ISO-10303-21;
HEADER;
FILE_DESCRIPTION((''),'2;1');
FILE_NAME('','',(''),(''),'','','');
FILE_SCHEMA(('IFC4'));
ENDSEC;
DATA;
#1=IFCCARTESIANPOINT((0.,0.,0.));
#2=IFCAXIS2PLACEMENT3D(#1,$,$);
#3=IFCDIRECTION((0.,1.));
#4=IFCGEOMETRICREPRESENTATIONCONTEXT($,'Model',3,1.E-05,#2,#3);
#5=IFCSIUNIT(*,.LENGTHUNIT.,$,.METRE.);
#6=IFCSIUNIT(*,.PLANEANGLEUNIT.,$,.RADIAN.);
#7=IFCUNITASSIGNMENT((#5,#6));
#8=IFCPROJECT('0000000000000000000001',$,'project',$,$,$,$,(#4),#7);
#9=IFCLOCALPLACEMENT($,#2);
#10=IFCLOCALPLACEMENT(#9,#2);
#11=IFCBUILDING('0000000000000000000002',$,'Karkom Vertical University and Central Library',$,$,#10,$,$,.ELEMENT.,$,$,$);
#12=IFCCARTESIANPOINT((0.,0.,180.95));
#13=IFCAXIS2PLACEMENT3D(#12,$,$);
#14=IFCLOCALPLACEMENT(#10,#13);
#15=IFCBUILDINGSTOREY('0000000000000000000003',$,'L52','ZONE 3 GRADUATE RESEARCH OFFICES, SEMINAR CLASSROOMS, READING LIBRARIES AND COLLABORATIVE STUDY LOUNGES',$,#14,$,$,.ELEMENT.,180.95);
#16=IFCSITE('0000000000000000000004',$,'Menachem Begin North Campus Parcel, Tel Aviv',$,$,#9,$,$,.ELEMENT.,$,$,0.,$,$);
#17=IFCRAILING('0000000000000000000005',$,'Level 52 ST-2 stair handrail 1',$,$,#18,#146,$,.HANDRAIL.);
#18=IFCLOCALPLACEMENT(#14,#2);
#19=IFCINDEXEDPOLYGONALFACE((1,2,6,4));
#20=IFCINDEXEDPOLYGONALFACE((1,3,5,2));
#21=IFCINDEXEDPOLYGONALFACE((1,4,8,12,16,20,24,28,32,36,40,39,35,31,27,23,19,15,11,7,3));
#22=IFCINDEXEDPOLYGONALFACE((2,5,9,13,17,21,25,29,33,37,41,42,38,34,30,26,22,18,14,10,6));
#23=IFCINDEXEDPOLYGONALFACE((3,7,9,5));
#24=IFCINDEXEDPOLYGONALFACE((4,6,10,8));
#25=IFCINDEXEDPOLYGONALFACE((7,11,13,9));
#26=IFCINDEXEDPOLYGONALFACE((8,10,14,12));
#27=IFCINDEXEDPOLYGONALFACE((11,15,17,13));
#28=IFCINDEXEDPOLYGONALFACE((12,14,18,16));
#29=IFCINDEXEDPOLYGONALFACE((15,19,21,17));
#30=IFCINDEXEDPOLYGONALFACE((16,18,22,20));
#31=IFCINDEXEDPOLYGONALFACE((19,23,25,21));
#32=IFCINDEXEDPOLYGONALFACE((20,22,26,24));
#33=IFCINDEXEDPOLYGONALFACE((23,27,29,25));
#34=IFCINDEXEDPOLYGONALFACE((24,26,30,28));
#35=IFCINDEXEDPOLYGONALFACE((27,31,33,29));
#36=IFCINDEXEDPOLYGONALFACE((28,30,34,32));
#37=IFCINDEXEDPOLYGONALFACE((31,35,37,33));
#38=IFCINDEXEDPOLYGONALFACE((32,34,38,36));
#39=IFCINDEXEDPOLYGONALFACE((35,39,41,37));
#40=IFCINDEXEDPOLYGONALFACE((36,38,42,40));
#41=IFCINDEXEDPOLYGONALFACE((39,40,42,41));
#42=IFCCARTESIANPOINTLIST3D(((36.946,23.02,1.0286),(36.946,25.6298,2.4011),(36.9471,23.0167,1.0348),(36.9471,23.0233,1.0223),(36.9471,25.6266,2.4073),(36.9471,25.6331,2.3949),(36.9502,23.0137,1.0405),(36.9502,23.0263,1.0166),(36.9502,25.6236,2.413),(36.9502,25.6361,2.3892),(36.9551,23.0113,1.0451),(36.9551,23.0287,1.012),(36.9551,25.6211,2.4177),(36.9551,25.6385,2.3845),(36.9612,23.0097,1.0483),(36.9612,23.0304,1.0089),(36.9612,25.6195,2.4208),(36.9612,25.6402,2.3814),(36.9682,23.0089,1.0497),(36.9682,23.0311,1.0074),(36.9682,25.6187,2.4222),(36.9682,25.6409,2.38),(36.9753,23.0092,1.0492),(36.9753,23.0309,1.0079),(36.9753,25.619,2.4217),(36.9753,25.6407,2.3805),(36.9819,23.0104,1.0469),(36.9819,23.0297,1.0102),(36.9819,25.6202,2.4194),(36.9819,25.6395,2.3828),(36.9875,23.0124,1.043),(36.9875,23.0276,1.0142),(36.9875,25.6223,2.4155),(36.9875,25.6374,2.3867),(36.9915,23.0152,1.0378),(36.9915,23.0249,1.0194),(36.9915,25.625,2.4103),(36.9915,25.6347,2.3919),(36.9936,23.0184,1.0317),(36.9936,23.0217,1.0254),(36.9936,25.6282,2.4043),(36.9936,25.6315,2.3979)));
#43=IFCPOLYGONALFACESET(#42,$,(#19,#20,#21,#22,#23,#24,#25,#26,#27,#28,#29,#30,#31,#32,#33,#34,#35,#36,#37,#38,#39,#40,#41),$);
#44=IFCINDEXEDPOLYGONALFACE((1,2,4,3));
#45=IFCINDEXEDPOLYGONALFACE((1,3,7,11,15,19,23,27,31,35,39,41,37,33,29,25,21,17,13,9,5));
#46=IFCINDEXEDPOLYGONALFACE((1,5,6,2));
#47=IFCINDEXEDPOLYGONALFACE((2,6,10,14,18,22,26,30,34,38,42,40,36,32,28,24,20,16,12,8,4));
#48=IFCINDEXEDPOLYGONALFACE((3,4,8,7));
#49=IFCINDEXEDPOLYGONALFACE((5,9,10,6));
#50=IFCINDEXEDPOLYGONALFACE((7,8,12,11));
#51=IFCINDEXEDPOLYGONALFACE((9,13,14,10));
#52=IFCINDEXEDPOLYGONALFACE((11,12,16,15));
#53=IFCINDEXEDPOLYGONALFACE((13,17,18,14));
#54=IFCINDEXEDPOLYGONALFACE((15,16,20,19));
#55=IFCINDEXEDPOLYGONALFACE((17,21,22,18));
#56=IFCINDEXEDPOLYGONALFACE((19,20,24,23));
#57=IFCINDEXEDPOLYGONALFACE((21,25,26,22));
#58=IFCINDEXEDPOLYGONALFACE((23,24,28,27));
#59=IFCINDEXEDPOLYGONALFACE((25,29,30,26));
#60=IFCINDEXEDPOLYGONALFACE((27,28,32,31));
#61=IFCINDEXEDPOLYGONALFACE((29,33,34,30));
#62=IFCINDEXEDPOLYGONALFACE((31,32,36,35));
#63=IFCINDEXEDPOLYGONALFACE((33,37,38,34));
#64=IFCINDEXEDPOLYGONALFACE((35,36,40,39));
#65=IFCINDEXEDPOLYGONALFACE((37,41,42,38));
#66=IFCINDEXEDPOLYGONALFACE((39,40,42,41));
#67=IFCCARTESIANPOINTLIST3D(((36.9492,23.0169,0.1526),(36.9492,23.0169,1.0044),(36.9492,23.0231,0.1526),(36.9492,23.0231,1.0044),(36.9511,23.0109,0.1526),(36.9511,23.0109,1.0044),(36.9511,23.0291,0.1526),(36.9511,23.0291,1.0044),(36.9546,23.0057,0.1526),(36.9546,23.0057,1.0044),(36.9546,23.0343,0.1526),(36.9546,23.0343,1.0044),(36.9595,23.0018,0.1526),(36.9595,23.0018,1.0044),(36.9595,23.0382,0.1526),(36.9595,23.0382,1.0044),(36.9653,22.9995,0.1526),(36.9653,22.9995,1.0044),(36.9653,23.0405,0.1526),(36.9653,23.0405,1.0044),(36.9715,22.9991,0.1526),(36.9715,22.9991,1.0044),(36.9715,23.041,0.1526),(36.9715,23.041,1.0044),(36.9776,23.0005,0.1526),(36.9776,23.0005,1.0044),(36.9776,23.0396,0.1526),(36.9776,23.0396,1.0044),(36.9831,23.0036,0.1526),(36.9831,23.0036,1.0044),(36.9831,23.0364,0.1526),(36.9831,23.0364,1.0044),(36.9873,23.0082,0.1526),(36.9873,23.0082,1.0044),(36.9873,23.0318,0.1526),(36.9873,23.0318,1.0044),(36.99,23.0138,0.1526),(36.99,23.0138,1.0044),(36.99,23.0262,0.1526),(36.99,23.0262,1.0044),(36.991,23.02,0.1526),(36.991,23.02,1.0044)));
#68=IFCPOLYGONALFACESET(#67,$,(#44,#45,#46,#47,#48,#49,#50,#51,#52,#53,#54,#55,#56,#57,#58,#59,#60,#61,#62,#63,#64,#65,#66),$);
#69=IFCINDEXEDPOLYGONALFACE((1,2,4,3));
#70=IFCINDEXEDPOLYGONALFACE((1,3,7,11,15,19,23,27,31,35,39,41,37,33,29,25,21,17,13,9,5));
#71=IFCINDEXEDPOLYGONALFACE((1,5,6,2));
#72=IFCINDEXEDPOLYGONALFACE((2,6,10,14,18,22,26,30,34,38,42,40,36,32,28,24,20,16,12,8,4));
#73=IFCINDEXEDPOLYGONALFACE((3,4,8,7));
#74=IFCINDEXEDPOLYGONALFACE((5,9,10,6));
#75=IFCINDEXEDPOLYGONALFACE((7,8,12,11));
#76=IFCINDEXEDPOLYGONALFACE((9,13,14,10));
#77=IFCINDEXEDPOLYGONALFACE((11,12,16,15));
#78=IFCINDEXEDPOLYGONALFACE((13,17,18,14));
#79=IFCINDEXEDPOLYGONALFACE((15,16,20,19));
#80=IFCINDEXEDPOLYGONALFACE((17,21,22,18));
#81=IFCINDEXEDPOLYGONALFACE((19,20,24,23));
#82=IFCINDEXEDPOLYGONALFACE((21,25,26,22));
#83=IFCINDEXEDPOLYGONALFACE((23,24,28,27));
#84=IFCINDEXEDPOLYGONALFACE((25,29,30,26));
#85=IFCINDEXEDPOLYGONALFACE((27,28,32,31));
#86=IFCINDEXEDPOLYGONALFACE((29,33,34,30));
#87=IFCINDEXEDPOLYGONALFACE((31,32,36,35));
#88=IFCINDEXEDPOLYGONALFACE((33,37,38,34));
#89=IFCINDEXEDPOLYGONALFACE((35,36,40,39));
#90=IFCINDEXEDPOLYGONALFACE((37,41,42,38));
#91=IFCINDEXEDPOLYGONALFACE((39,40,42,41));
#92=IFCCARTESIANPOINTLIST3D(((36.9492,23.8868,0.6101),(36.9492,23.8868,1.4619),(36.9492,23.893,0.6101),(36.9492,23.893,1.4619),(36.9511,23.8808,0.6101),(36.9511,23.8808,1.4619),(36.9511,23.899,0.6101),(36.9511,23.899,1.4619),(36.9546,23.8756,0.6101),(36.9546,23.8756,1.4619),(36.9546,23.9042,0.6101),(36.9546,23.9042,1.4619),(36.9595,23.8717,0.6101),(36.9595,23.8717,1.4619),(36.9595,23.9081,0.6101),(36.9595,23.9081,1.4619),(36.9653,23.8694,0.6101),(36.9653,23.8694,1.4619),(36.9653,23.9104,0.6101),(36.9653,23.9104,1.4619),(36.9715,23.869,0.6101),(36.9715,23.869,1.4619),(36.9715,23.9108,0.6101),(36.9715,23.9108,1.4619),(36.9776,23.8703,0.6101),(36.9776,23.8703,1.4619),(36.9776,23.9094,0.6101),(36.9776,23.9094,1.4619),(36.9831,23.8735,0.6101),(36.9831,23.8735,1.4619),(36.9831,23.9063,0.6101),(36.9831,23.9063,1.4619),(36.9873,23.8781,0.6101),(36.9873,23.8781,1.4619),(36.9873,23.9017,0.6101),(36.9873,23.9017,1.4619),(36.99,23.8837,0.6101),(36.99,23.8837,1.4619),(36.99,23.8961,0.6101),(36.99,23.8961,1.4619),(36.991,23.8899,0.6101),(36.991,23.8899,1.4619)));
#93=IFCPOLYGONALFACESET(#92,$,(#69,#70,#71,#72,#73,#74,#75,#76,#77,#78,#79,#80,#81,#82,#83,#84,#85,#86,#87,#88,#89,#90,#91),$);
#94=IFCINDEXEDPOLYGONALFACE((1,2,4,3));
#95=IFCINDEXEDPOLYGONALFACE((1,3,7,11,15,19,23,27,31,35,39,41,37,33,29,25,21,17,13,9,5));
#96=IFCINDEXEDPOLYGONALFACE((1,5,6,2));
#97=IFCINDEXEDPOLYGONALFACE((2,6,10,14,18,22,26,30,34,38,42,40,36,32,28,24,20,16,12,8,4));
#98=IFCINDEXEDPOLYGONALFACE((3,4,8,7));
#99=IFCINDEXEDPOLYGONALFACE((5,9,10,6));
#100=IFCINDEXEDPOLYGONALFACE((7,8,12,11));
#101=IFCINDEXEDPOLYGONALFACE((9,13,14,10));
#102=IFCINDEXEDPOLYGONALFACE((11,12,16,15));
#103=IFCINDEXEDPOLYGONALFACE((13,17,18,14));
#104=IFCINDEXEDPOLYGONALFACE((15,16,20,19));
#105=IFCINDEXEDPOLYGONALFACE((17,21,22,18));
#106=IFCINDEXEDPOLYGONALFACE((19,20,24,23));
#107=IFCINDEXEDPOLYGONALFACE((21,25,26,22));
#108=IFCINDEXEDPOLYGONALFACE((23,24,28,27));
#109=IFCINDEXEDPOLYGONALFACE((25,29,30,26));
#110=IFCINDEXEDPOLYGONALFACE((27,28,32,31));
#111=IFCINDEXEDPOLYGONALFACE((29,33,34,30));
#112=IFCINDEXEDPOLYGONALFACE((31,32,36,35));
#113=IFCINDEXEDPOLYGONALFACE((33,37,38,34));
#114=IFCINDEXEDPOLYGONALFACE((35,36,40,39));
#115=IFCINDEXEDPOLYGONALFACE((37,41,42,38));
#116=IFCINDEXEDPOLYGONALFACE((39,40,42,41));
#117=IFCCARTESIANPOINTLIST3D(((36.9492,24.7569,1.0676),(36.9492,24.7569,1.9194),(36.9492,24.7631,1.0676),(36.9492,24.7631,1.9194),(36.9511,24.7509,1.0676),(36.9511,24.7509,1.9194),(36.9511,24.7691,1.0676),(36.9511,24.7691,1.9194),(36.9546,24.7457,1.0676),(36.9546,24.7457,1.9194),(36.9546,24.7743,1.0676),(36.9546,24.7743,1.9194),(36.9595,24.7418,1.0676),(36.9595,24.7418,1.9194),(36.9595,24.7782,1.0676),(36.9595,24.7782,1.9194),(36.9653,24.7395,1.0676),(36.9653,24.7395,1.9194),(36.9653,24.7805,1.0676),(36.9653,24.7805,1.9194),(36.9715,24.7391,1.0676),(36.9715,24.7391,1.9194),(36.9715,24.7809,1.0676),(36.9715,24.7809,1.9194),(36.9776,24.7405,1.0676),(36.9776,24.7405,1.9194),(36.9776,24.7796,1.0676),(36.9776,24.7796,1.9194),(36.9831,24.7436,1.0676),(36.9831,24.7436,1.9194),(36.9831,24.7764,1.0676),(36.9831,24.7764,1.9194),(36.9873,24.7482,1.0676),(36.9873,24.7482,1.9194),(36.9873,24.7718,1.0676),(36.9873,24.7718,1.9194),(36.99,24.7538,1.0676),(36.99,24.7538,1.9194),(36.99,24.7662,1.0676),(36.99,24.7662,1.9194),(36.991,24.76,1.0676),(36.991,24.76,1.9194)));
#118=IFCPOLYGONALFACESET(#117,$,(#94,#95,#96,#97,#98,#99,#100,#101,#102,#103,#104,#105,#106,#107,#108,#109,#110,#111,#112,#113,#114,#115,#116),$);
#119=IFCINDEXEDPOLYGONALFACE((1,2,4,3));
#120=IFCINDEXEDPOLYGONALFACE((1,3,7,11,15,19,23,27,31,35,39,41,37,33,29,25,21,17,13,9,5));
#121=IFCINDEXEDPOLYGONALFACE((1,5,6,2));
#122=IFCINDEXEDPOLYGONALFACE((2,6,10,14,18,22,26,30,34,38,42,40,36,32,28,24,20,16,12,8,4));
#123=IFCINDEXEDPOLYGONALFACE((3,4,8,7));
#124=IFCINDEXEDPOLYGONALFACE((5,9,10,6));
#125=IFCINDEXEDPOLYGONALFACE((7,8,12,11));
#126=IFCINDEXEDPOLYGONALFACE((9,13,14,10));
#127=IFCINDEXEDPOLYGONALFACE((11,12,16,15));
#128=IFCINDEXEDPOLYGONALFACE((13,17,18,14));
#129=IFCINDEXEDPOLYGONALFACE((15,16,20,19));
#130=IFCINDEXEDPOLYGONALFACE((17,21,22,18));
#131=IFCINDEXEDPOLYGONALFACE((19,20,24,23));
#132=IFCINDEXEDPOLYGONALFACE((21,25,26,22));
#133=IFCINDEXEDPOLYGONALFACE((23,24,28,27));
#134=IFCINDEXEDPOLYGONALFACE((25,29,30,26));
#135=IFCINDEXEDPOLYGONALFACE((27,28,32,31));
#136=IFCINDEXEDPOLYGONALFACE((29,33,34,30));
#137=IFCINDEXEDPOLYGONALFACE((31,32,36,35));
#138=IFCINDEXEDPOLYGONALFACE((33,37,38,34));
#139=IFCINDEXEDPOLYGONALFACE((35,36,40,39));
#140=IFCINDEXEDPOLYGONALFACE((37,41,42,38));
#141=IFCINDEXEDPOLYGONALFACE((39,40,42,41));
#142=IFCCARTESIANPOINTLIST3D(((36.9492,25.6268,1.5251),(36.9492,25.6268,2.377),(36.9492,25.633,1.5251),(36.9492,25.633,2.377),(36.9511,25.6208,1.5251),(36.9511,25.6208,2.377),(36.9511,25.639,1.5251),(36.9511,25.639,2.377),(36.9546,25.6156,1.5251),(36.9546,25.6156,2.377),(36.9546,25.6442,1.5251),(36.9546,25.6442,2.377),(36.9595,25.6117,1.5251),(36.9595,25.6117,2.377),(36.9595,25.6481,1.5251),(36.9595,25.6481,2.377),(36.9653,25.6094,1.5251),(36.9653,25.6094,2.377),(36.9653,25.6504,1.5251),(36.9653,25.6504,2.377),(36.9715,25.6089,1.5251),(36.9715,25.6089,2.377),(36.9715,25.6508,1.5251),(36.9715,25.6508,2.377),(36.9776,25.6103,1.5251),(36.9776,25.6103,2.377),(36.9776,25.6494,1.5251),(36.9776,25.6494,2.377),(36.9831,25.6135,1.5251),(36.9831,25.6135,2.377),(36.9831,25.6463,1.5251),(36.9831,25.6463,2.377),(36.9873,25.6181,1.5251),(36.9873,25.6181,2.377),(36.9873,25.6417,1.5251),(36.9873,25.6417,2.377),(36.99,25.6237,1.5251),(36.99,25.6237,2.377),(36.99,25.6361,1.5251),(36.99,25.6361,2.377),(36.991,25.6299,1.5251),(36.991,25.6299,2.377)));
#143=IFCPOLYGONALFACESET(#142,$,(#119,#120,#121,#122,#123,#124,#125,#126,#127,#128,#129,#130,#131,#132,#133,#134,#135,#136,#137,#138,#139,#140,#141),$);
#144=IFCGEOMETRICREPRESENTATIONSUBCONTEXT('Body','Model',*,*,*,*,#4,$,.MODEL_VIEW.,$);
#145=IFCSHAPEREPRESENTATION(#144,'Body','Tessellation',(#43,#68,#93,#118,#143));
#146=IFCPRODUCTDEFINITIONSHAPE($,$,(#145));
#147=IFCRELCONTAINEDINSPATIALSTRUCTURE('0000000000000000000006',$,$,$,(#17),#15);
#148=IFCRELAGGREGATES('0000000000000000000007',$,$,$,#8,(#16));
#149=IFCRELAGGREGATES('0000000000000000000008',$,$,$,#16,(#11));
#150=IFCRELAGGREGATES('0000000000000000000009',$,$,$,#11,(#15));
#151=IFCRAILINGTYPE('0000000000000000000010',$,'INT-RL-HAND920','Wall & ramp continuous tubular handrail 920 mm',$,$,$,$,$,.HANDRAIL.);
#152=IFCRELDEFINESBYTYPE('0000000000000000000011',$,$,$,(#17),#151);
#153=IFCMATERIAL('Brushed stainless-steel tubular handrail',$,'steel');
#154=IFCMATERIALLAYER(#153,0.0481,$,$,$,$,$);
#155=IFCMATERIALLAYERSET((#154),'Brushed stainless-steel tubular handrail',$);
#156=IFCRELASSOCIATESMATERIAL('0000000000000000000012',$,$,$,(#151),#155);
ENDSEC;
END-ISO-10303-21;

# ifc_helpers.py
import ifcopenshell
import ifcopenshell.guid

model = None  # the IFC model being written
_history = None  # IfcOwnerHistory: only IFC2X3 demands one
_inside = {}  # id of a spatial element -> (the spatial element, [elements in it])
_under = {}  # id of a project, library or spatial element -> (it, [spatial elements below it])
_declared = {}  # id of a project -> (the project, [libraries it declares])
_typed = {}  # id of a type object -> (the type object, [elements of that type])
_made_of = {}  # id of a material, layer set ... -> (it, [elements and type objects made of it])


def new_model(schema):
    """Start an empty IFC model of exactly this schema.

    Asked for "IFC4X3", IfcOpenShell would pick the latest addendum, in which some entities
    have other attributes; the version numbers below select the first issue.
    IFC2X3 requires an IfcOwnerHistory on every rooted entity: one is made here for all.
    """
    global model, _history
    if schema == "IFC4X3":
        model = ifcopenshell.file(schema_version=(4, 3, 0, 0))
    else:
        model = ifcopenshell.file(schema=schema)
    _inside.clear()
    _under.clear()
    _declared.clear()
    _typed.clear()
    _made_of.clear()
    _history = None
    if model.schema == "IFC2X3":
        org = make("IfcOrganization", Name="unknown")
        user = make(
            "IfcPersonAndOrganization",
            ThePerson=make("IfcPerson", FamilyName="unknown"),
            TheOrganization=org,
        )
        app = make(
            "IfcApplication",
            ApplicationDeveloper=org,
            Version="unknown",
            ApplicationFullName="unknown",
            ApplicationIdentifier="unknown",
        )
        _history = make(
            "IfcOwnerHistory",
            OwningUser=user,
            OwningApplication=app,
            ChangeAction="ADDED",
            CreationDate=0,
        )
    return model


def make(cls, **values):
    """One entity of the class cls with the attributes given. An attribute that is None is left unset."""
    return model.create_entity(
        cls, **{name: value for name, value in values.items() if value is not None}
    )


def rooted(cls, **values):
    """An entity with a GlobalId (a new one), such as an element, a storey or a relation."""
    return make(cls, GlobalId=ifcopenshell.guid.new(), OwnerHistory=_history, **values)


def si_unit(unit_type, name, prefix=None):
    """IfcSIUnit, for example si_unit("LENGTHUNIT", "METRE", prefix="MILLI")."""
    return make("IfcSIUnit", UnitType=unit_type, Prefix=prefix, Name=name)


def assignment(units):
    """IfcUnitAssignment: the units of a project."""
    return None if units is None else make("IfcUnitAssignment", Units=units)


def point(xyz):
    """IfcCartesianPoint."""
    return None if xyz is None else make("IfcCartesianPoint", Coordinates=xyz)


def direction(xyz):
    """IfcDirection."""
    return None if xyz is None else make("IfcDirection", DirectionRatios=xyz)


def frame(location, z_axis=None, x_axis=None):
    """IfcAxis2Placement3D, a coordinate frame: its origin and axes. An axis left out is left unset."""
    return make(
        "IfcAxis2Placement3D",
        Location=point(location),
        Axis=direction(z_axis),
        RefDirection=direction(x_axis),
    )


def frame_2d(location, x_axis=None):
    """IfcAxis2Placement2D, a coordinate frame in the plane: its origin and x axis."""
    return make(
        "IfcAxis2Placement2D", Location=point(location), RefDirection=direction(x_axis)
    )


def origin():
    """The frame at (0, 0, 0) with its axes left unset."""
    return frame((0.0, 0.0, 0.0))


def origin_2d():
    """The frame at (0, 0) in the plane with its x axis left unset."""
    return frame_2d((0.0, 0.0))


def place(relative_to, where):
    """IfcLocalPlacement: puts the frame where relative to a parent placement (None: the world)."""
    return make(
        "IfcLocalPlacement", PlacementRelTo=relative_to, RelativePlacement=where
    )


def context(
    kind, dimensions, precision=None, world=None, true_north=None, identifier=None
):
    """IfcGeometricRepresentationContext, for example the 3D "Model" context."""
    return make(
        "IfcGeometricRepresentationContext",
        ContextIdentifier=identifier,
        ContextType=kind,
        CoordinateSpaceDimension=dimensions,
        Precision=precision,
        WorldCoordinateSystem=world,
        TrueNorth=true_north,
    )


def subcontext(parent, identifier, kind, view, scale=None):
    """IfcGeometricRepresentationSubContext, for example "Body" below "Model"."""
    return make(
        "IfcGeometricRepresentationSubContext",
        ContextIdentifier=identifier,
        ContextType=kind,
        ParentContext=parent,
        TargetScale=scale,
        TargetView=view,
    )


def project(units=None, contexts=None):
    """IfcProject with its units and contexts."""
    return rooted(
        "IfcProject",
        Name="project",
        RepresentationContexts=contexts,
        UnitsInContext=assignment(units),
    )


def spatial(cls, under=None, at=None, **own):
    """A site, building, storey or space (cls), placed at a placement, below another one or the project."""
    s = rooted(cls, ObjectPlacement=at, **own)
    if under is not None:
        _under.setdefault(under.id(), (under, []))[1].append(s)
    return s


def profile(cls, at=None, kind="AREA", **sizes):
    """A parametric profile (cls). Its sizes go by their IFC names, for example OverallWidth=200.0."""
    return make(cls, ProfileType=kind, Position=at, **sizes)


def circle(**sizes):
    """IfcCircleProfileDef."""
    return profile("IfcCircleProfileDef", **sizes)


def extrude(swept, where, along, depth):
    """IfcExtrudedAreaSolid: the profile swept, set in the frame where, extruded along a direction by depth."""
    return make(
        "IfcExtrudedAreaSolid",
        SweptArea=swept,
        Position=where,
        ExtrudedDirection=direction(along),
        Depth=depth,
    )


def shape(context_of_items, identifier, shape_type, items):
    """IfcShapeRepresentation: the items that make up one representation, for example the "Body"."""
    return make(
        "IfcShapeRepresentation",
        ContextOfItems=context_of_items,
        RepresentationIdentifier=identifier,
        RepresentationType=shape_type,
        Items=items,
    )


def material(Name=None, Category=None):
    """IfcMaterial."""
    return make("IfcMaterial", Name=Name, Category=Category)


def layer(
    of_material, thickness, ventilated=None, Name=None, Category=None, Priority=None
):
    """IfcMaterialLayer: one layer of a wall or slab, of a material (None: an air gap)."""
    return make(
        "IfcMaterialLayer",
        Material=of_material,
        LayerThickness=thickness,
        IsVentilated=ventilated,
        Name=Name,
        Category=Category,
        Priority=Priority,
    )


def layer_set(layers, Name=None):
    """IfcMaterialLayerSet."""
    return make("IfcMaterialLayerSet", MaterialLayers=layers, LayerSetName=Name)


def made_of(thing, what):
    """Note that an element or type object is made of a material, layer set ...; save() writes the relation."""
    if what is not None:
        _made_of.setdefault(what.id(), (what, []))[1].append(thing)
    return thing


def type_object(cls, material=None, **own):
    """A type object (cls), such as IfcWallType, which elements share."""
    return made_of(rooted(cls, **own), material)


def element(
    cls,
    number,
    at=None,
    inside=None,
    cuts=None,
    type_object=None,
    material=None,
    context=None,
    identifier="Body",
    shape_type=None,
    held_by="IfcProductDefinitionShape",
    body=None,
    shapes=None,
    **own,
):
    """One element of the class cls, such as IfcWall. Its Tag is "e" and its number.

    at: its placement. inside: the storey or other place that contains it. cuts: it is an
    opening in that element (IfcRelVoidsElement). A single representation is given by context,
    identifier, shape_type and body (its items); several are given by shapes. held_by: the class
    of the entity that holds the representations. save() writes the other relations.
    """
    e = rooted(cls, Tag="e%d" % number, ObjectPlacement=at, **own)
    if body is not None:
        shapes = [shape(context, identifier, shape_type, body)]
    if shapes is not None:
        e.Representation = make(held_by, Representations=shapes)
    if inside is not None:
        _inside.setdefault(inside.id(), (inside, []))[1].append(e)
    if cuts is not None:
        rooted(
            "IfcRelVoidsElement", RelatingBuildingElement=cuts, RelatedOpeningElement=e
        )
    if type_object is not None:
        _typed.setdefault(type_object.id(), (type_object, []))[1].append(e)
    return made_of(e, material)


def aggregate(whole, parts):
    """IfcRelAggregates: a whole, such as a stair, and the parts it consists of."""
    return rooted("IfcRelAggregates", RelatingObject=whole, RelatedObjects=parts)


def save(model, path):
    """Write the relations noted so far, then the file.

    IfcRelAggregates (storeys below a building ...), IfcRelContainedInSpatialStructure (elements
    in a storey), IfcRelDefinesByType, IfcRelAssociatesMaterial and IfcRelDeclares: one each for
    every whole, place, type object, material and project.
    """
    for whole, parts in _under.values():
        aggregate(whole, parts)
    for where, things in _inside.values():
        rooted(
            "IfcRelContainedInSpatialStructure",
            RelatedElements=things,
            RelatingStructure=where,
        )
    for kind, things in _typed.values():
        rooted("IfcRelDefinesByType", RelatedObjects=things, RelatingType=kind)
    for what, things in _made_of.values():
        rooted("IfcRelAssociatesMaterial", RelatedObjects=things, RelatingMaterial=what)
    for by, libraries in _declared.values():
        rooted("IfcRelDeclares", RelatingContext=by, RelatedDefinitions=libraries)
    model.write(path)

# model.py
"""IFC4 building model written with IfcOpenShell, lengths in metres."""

from ifc_helpers import new_model, si_unit, direction, frame, origin, origin_2d, place, context, subcontext, project, spatial, circle, extrude, material, layer, layer_set, type_object, element, save


model = new_model("IFC4")

# Units and contexts
model_context = context("Model", 3, precision=1e-05, world=origin(), true_north=direction((0.0, 1.0)))
body_context = subcontext(model_context, "Body", "Model", "MODEL_VIEW")
ifc_project = project(units=[si_unit("LENGTHUNIT", "METRE"), si_unit("PLANEANGLEUNIT", "RADIAN")], contexts=[model_context])

# Site, building, storey
site_placement = place(None, origin())
site = spatial("IfcSite", under=ifc_project, at=site_placement, Name="Menachem Begin North Campus Parcel, Tel Aviv", CompositionType="ELEMENT", RefElevation=0.0)
building_placement = place(site_placement, origin())
building = spatial("IfcBuilding", under=site, at=building_placement, Name="Karkom Vertical University and Central Library", CompositionType="ELEMENT")
storey_placement = place(building_placement, frame((0.0, 0.0, 180.95)))
storey = spatial("IfcBuildingStorey", under=building, at=storey_placement, Name="L52", Description="ZONE 3 GRADUATE RESEARCH OFFICES, SEMINAR CLASSROOMS, READING LIBRARIES AND COLLABORATIVE STUDY LOUNGES", CompositionType="ELEMENT", Elevation=180.95)

# Railing
ifc_material_1 = material(Name="Brushed stainless-steel tubular handrail", Category="steel")
ifc_layer_1 = layer(ifc_material_1, 0.0481)
ifc_layer_set_1 = layer_set([ifc_layer_1], Name="Brushed stainless-steel tubular handrail")
railing_type_1 = type_object("IfcRailingType", Name="INT-RL-HAND920", Description="Wall & ramp continuous tubular handrail 920 mm", PredefinedType="HANDRAIL", material=ifc_layer_set_1)
railing_1_placement = place(storey_placement, frame((36.97, 23.02, 0.1526)))
element("IfcRailing", 1, at=railing_1_placement, inside=storey, type_object=railing_type_1, Name="Level 52 ST-2 stair handrail 1", PredefinedType="HANDRAIL", context=body_context, shape_type="SweptSolid", body=[
    extrude(circle(Radius=0.0239, at=origin_2d()), frame((0.0, 0.0, 0.876), z_axis=(0.0, 0.885065, 0.465467), x_axis=(-1.0, 0.0, 0.0)), (0.0, 0.0, 1.0), 2.9487),
    extrude(circle(Radius=0.021, at=origin_2d()), origin(), (0.0, 0.0, 1.0), 0.8518),
    extrude(circle(Radius=0.021, at=origin_2d()), frame((0.0, 0.8699, 0.4575)), (0.0, 0.0, 1.0), 0.8518),
    extrude(circle(Radius=0.021, at=origin_2d()), frame((0.0, 1.74, 0.915)), (0.0, 0.0, 1.0), 0.8518),
    extrude(circle(Radius=0.021, at=origin_2d()), frame((0.0, 2.6099, 1.3726)), (0.0, 0.0, 1.0), 0.8518),
])

save(model, "model.ifc")
